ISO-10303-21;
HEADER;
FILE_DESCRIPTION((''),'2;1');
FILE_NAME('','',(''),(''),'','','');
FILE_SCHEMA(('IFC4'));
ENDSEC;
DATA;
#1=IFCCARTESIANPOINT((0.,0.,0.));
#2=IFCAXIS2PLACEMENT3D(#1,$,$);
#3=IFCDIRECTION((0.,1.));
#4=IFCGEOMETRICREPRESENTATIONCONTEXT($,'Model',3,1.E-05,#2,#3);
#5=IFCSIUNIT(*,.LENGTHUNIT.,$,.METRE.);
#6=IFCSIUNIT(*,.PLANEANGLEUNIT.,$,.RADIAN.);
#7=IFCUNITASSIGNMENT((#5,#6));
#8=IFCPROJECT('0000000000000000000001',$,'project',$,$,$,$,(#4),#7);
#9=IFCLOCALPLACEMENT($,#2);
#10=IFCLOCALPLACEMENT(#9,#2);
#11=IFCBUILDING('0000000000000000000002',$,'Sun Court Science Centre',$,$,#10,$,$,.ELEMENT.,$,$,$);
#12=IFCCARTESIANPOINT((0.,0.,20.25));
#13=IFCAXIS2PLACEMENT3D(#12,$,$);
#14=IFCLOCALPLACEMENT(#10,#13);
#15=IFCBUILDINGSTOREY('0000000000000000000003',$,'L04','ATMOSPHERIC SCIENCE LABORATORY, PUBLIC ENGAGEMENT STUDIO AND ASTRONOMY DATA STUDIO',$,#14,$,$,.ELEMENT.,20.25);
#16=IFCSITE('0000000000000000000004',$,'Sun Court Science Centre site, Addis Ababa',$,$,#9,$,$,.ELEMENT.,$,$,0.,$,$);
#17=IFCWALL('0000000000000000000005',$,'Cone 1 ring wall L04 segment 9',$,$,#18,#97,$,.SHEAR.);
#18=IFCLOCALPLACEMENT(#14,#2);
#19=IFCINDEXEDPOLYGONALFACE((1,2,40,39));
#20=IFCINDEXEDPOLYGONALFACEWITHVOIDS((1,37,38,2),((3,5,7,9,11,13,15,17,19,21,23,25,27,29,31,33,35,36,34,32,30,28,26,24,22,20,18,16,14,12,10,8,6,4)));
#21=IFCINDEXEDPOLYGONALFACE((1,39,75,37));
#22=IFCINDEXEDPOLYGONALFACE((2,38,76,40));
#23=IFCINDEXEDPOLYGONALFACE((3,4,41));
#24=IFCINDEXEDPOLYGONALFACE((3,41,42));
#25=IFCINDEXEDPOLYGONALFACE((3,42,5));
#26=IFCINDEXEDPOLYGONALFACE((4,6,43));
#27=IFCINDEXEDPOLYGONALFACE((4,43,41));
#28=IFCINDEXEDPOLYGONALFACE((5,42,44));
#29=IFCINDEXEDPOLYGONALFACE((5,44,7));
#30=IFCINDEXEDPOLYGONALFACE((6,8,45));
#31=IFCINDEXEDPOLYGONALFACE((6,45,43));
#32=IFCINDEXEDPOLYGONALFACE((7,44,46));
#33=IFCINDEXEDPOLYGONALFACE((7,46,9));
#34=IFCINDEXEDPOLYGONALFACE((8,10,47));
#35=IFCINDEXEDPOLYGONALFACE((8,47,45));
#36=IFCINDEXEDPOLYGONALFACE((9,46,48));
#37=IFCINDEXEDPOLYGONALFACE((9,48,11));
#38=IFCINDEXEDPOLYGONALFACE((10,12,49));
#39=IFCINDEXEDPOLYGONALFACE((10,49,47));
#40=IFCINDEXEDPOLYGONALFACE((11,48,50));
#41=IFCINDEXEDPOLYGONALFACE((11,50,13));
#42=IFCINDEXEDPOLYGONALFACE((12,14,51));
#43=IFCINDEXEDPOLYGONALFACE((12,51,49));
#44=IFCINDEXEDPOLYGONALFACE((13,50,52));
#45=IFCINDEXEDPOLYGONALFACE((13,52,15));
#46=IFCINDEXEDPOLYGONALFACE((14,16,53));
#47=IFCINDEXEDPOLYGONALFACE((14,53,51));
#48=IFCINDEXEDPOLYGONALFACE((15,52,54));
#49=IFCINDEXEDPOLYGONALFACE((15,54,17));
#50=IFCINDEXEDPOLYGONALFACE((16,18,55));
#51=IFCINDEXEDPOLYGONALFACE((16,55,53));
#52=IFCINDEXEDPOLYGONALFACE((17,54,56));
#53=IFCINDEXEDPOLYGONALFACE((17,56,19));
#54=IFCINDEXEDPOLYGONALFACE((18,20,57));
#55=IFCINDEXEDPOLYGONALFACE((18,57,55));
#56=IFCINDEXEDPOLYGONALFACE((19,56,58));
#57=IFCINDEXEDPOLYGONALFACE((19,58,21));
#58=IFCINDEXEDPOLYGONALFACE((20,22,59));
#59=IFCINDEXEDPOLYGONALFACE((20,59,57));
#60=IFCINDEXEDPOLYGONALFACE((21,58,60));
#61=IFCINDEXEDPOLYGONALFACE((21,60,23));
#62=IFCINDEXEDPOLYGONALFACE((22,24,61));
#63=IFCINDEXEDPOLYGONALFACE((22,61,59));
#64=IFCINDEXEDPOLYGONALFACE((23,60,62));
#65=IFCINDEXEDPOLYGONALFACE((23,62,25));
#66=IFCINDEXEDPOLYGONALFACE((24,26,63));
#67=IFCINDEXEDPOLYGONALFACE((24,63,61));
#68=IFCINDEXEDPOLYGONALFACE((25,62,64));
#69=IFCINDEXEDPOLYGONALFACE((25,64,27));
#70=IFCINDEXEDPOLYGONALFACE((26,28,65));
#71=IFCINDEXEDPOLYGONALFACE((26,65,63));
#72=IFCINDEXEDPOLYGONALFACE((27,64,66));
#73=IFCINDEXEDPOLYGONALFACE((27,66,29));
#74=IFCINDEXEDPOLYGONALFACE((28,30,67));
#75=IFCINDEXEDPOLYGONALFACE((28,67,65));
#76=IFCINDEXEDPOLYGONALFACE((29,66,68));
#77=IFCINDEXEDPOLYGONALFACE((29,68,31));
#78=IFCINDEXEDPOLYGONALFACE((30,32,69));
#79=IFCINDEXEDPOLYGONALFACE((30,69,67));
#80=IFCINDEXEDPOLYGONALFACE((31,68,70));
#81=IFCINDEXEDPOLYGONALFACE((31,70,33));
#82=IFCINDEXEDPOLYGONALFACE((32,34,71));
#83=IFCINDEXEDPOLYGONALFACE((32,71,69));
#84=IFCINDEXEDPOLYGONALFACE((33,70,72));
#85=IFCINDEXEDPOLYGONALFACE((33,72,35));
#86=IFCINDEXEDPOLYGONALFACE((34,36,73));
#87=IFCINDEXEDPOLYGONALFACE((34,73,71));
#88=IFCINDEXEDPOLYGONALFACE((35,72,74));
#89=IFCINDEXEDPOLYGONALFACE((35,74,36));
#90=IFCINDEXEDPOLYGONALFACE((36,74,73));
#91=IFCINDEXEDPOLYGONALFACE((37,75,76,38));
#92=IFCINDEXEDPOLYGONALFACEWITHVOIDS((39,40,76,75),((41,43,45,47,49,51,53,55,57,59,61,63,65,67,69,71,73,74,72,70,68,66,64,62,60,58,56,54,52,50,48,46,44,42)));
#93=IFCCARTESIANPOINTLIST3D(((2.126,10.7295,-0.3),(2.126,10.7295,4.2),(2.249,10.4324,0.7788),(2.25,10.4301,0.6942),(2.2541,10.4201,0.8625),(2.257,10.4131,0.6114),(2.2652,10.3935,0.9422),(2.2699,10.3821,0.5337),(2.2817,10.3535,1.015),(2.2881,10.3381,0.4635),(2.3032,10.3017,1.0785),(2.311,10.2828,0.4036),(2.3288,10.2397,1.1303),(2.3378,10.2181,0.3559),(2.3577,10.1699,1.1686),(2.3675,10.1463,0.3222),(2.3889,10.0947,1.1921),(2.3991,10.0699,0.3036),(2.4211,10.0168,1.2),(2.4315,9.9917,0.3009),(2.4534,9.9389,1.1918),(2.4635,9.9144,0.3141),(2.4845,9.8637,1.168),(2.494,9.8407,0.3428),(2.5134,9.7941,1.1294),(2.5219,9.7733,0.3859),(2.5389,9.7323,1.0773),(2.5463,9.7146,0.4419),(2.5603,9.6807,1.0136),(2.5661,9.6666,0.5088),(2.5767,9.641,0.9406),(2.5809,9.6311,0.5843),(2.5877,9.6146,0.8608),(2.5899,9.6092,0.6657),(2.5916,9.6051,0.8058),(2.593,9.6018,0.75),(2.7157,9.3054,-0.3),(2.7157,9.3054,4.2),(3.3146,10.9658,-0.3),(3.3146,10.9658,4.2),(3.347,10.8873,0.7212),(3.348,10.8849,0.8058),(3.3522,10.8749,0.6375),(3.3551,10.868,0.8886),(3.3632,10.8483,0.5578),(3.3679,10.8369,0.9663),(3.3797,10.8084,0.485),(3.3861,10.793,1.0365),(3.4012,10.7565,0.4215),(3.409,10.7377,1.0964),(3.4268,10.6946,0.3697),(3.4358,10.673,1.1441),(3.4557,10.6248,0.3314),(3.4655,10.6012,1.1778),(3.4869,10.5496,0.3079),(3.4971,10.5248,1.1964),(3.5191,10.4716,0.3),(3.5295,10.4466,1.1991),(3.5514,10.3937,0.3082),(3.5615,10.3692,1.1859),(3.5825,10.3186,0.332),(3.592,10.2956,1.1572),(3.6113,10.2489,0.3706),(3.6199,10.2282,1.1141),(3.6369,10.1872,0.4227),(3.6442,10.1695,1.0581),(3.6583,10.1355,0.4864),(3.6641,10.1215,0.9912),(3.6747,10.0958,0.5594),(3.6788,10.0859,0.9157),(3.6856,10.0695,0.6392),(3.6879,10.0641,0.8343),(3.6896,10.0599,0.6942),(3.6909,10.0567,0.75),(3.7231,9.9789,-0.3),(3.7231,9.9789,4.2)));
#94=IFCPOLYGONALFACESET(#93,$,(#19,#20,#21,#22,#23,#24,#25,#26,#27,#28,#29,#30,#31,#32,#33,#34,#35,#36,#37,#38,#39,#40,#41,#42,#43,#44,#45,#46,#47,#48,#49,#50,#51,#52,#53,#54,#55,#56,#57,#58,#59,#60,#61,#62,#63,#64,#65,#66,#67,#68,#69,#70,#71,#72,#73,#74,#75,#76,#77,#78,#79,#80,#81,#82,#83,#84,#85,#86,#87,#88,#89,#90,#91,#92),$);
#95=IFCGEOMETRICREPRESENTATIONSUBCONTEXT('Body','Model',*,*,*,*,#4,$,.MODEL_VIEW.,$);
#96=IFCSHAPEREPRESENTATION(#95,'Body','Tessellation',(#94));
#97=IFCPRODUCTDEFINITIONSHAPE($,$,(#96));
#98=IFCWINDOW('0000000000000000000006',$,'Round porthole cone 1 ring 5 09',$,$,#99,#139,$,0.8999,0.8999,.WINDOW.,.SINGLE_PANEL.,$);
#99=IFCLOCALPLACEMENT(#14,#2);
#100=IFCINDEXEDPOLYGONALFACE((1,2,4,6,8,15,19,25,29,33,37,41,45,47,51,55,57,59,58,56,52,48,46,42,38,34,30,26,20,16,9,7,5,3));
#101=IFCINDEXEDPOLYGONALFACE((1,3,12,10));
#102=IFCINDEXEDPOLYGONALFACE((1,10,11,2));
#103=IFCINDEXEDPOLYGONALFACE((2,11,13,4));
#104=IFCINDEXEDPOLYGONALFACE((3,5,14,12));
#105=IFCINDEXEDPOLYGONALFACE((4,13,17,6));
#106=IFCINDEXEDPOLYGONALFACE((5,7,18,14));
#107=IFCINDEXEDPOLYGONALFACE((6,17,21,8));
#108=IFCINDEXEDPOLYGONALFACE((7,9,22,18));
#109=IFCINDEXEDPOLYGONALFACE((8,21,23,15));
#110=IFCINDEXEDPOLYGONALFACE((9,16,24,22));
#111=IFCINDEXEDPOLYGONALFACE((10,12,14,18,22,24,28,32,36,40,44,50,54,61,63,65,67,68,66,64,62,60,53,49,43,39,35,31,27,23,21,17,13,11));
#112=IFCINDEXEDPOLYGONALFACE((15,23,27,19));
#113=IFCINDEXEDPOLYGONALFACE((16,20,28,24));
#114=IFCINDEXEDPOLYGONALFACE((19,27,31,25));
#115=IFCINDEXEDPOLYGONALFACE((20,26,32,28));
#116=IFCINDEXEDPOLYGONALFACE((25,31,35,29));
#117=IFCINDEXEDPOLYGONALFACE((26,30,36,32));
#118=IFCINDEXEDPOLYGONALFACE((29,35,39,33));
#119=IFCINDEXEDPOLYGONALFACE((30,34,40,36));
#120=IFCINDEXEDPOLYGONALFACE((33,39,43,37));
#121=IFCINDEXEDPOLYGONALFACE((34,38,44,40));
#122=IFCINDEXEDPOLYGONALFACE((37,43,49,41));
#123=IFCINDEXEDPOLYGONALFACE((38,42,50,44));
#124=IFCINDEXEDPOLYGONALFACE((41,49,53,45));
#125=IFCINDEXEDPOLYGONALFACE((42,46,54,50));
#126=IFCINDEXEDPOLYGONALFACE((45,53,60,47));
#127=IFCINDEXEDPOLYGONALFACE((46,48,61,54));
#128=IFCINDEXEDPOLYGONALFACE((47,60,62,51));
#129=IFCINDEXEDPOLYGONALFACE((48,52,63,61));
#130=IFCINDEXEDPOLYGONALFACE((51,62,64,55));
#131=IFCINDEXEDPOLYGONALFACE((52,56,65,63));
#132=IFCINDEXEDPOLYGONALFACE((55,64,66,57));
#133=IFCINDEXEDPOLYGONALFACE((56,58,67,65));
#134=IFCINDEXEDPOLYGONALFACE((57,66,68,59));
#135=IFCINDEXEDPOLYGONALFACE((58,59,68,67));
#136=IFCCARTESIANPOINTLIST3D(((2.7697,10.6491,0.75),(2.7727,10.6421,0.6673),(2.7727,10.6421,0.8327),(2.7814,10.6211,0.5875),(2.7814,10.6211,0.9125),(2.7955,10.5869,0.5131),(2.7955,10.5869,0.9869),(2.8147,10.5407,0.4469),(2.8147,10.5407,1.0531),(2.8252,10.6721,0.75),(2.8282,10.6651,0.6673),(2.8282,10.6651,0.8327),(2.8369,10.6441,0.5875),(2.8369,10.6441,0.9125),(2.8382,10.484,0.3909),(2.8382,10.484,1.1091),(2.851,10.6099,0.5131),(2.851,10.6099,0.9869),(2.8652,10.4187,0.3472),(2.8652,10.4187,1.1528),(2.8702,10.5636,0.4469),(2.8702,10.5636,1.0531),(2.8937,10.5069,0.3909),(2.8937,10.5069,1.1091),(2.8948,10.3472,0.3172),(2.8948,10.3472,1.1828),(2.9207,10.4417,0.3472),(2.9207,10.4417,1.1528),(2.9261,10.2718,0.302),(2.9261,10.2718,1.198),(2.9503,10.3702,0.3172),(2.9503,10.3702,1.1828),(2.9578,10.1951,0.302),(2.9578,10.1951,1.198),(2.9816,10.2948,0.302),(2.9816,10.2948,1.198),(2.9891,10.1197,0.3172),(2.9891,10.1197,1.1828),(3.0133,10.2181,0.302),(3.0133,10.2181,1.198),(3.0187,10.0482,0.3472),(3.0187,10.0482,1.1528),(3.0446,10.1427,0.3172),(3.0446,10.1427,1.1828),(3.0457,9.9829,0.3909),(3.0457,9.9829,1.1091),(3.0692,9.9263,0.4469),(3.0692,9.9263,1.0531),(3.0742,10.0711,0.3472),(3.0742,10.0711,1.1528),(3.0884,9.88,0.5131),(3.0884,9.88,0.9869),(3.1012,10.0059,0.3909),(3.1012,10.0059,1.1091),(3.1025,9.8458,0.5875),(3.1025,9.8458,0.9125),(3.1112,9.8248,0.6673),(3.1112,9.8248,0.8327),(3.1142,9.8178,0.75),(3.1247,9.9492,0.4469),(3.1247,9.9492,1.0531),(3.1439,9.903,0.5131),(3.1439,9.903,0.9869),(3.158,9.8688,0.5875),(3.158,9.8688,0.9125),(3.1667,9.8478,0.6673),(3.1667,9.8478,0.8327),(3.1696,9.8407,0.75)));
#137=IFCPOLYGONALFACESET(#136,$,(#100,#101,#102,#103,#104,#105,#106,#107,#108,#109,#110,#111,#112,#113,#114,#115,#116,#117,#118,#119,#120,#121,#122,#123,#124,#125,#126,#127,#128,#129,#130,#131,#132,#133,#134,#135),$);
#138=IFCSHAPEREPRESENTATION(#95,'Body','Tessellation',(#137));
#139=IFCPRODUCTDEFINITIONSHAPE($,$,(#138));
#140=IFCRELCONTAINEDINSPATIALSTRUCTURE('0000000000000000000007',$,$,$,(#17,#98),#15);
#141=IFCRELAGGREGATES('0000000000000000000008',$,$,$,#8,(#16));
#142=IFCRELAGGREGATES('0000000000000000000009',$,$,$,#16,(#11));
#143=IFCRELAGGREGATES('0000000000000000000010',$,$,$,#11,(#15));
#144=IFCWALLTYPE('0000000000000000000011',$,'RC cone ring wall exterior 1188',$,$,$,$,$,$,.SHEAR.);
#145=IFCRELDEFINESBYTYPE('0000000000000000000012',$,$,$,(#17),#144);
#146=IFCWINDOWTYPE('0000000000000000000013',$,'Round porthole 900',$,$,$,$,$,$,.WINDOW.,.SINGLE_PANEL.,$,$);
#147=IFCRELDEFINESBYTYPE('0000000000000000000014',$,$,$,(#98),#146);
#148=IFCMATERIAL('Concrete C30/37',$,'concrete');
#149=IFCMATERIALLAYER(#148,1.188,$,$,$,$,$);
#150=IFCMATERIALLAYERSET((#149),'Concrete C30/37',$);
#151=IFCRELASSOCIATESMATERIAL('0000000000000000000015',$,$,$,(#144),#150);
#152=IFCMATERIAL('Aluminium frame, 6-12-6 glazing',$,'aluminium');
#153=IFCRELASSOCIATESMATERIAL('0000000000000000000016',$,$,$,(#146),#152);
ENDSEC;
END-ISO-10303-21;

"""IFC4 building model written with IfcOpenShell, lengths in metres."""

from ifc_helpers import new_model, si_unit, direction, frame, frame_2d, origin, place, context, subcontext, project, spatial, polyline, circle, outline, extrude, material, layer, layer_set, type_object, element, fill, save


model = new_model("IFC4")

# Units and contexts
model_context = context("Model", 3, precision=1e-05, world=origin(), true_north=direction((0.0, 1.0)))
body_context = subcontext(model_context, "Body", "Model", "MODEL_VIEW")
ifc_project = project(units=[si_unit("LENGTHUNIT", "METRE"), si_unit("PLANEANGLEUNIT", "RADIAN")], contexts=[model_context])

# Site, building, storey
site_placement = place(None, origin())
site = spatial("IfcSite", under=ifc_project, at=site_placement, Name="Sun Court Science Centre site, Addis Ababa", CompositionType="ELEMENT", RefElevation=0.0)
building_placement = place(site_placement, origin())
building = spatial("IfcBuilding", under=site, at=building_placement, Name="Sun Court Science Centre", CompositionType="ELEMENT")
storey_placement = place(building_placement, frame((0.0, 0.0, 20.25)))
storey = spatial("IfcBuildingStorey", under=building, at=storey_placement, Name="L04", Description="ATMOSPHERIC SCIENCE LABORATORY, PUBLIC ENGAGEMENT STUDIO AND ASTRONOMY DATA STUDIO", CompositionType="ELEMENT", Elevation=20.25)

# Wall, opening, window
ifc_material_1 = material(Name="Concrete C30/37", Category="concrete")
ifc_layer_1 = layer(ifc_material_1, 1.188)
ifc_layer_set_1 = layer_set([ifc_layer_1], Name="Concrete C30/37")
wall_type = type_object("IfcWallType", Name="RC cone ring wall exterior 1188", PredefinedType="SHEAR", material=ifc_layer_set_1)
wall_1_placement = place(storey_placement, frame((2.6748, 10.9568, -0.3), z_axis=(0.0, 0.0, 1.0), x_axis=(0.382725, -0.923862, 0.0)))
wall_1 = element("IfcWall", 1, at=wall_1_placement, inside=storey, type_object=wall_type, Name="Cone 1 ring wall L04 segment 9", PredefinedType="SHEAR", context=body_context, shape_type="SweptSolid", body=[
    extrude(outline(polyline([(0.0, -0.594), (1.5413, -0.5942), (1.3047, 0.5942), (0.2366, 0.5945), (0.0, -0.594)])), origin(), (0.0, 0.0, 1.0), 4.5),
])
opening_1_placement = place(wall_1_placement, frame((0.3206, 0.0, 0.6001)))
opening_1 = element("IfcOpeningElement", 2, at=opening_1_placement, cuts=wall_1, PredefinedType="OPENING", context=body_context, shape_type="SweptSolid", body=[
    extrude(circle(Radius=0.45, at=frame_2d((0.45, 0.45))), frame((0.0, 0.6042, 0.0), z_axis=(0.0, -1.0, 0.0), x_axis=(1.0, 0.0, 0.0)), (0.0, 0.0, 1.0), 1.2085),
])
ifc_material_2 = material(Name="Aluminium frame, 6-12-6 glazing", Category="aluminium")
window_type = type_object("IfcWindowType", Name="Round porthole 900", PartitioningType="SINGLE_PANEL", PredefinedType="WINDOW", material=ifc_material_2)
window_1_placement = place(opening_1_placement, origin())
window_1 = element("IfcWindow", 3, at=window_1_placement, inside=storey, type_object=window_type, Name="Round porthole cone 1 ring 5 09", OverallHeight=0.8999, OverallWidth=0.8999, PartitioningType="SINGLE_PANEL", PredefinedType="WINDOW", context=body_context, shape_type="SweptSolid", body=[
    extrude(circle(Radius=0.45, at=frame_2d((0.45, 0.45))), frame((0.0, 0.03, 0.0), z_axis=(0.0, -1.0, 0.0), x_axis=(1.0, 0.0, 0.0)), (0.0, 0.0, 1.0), 0.0601),
])
fill(opening_1, window_1)

save(model, "model.ifc")
